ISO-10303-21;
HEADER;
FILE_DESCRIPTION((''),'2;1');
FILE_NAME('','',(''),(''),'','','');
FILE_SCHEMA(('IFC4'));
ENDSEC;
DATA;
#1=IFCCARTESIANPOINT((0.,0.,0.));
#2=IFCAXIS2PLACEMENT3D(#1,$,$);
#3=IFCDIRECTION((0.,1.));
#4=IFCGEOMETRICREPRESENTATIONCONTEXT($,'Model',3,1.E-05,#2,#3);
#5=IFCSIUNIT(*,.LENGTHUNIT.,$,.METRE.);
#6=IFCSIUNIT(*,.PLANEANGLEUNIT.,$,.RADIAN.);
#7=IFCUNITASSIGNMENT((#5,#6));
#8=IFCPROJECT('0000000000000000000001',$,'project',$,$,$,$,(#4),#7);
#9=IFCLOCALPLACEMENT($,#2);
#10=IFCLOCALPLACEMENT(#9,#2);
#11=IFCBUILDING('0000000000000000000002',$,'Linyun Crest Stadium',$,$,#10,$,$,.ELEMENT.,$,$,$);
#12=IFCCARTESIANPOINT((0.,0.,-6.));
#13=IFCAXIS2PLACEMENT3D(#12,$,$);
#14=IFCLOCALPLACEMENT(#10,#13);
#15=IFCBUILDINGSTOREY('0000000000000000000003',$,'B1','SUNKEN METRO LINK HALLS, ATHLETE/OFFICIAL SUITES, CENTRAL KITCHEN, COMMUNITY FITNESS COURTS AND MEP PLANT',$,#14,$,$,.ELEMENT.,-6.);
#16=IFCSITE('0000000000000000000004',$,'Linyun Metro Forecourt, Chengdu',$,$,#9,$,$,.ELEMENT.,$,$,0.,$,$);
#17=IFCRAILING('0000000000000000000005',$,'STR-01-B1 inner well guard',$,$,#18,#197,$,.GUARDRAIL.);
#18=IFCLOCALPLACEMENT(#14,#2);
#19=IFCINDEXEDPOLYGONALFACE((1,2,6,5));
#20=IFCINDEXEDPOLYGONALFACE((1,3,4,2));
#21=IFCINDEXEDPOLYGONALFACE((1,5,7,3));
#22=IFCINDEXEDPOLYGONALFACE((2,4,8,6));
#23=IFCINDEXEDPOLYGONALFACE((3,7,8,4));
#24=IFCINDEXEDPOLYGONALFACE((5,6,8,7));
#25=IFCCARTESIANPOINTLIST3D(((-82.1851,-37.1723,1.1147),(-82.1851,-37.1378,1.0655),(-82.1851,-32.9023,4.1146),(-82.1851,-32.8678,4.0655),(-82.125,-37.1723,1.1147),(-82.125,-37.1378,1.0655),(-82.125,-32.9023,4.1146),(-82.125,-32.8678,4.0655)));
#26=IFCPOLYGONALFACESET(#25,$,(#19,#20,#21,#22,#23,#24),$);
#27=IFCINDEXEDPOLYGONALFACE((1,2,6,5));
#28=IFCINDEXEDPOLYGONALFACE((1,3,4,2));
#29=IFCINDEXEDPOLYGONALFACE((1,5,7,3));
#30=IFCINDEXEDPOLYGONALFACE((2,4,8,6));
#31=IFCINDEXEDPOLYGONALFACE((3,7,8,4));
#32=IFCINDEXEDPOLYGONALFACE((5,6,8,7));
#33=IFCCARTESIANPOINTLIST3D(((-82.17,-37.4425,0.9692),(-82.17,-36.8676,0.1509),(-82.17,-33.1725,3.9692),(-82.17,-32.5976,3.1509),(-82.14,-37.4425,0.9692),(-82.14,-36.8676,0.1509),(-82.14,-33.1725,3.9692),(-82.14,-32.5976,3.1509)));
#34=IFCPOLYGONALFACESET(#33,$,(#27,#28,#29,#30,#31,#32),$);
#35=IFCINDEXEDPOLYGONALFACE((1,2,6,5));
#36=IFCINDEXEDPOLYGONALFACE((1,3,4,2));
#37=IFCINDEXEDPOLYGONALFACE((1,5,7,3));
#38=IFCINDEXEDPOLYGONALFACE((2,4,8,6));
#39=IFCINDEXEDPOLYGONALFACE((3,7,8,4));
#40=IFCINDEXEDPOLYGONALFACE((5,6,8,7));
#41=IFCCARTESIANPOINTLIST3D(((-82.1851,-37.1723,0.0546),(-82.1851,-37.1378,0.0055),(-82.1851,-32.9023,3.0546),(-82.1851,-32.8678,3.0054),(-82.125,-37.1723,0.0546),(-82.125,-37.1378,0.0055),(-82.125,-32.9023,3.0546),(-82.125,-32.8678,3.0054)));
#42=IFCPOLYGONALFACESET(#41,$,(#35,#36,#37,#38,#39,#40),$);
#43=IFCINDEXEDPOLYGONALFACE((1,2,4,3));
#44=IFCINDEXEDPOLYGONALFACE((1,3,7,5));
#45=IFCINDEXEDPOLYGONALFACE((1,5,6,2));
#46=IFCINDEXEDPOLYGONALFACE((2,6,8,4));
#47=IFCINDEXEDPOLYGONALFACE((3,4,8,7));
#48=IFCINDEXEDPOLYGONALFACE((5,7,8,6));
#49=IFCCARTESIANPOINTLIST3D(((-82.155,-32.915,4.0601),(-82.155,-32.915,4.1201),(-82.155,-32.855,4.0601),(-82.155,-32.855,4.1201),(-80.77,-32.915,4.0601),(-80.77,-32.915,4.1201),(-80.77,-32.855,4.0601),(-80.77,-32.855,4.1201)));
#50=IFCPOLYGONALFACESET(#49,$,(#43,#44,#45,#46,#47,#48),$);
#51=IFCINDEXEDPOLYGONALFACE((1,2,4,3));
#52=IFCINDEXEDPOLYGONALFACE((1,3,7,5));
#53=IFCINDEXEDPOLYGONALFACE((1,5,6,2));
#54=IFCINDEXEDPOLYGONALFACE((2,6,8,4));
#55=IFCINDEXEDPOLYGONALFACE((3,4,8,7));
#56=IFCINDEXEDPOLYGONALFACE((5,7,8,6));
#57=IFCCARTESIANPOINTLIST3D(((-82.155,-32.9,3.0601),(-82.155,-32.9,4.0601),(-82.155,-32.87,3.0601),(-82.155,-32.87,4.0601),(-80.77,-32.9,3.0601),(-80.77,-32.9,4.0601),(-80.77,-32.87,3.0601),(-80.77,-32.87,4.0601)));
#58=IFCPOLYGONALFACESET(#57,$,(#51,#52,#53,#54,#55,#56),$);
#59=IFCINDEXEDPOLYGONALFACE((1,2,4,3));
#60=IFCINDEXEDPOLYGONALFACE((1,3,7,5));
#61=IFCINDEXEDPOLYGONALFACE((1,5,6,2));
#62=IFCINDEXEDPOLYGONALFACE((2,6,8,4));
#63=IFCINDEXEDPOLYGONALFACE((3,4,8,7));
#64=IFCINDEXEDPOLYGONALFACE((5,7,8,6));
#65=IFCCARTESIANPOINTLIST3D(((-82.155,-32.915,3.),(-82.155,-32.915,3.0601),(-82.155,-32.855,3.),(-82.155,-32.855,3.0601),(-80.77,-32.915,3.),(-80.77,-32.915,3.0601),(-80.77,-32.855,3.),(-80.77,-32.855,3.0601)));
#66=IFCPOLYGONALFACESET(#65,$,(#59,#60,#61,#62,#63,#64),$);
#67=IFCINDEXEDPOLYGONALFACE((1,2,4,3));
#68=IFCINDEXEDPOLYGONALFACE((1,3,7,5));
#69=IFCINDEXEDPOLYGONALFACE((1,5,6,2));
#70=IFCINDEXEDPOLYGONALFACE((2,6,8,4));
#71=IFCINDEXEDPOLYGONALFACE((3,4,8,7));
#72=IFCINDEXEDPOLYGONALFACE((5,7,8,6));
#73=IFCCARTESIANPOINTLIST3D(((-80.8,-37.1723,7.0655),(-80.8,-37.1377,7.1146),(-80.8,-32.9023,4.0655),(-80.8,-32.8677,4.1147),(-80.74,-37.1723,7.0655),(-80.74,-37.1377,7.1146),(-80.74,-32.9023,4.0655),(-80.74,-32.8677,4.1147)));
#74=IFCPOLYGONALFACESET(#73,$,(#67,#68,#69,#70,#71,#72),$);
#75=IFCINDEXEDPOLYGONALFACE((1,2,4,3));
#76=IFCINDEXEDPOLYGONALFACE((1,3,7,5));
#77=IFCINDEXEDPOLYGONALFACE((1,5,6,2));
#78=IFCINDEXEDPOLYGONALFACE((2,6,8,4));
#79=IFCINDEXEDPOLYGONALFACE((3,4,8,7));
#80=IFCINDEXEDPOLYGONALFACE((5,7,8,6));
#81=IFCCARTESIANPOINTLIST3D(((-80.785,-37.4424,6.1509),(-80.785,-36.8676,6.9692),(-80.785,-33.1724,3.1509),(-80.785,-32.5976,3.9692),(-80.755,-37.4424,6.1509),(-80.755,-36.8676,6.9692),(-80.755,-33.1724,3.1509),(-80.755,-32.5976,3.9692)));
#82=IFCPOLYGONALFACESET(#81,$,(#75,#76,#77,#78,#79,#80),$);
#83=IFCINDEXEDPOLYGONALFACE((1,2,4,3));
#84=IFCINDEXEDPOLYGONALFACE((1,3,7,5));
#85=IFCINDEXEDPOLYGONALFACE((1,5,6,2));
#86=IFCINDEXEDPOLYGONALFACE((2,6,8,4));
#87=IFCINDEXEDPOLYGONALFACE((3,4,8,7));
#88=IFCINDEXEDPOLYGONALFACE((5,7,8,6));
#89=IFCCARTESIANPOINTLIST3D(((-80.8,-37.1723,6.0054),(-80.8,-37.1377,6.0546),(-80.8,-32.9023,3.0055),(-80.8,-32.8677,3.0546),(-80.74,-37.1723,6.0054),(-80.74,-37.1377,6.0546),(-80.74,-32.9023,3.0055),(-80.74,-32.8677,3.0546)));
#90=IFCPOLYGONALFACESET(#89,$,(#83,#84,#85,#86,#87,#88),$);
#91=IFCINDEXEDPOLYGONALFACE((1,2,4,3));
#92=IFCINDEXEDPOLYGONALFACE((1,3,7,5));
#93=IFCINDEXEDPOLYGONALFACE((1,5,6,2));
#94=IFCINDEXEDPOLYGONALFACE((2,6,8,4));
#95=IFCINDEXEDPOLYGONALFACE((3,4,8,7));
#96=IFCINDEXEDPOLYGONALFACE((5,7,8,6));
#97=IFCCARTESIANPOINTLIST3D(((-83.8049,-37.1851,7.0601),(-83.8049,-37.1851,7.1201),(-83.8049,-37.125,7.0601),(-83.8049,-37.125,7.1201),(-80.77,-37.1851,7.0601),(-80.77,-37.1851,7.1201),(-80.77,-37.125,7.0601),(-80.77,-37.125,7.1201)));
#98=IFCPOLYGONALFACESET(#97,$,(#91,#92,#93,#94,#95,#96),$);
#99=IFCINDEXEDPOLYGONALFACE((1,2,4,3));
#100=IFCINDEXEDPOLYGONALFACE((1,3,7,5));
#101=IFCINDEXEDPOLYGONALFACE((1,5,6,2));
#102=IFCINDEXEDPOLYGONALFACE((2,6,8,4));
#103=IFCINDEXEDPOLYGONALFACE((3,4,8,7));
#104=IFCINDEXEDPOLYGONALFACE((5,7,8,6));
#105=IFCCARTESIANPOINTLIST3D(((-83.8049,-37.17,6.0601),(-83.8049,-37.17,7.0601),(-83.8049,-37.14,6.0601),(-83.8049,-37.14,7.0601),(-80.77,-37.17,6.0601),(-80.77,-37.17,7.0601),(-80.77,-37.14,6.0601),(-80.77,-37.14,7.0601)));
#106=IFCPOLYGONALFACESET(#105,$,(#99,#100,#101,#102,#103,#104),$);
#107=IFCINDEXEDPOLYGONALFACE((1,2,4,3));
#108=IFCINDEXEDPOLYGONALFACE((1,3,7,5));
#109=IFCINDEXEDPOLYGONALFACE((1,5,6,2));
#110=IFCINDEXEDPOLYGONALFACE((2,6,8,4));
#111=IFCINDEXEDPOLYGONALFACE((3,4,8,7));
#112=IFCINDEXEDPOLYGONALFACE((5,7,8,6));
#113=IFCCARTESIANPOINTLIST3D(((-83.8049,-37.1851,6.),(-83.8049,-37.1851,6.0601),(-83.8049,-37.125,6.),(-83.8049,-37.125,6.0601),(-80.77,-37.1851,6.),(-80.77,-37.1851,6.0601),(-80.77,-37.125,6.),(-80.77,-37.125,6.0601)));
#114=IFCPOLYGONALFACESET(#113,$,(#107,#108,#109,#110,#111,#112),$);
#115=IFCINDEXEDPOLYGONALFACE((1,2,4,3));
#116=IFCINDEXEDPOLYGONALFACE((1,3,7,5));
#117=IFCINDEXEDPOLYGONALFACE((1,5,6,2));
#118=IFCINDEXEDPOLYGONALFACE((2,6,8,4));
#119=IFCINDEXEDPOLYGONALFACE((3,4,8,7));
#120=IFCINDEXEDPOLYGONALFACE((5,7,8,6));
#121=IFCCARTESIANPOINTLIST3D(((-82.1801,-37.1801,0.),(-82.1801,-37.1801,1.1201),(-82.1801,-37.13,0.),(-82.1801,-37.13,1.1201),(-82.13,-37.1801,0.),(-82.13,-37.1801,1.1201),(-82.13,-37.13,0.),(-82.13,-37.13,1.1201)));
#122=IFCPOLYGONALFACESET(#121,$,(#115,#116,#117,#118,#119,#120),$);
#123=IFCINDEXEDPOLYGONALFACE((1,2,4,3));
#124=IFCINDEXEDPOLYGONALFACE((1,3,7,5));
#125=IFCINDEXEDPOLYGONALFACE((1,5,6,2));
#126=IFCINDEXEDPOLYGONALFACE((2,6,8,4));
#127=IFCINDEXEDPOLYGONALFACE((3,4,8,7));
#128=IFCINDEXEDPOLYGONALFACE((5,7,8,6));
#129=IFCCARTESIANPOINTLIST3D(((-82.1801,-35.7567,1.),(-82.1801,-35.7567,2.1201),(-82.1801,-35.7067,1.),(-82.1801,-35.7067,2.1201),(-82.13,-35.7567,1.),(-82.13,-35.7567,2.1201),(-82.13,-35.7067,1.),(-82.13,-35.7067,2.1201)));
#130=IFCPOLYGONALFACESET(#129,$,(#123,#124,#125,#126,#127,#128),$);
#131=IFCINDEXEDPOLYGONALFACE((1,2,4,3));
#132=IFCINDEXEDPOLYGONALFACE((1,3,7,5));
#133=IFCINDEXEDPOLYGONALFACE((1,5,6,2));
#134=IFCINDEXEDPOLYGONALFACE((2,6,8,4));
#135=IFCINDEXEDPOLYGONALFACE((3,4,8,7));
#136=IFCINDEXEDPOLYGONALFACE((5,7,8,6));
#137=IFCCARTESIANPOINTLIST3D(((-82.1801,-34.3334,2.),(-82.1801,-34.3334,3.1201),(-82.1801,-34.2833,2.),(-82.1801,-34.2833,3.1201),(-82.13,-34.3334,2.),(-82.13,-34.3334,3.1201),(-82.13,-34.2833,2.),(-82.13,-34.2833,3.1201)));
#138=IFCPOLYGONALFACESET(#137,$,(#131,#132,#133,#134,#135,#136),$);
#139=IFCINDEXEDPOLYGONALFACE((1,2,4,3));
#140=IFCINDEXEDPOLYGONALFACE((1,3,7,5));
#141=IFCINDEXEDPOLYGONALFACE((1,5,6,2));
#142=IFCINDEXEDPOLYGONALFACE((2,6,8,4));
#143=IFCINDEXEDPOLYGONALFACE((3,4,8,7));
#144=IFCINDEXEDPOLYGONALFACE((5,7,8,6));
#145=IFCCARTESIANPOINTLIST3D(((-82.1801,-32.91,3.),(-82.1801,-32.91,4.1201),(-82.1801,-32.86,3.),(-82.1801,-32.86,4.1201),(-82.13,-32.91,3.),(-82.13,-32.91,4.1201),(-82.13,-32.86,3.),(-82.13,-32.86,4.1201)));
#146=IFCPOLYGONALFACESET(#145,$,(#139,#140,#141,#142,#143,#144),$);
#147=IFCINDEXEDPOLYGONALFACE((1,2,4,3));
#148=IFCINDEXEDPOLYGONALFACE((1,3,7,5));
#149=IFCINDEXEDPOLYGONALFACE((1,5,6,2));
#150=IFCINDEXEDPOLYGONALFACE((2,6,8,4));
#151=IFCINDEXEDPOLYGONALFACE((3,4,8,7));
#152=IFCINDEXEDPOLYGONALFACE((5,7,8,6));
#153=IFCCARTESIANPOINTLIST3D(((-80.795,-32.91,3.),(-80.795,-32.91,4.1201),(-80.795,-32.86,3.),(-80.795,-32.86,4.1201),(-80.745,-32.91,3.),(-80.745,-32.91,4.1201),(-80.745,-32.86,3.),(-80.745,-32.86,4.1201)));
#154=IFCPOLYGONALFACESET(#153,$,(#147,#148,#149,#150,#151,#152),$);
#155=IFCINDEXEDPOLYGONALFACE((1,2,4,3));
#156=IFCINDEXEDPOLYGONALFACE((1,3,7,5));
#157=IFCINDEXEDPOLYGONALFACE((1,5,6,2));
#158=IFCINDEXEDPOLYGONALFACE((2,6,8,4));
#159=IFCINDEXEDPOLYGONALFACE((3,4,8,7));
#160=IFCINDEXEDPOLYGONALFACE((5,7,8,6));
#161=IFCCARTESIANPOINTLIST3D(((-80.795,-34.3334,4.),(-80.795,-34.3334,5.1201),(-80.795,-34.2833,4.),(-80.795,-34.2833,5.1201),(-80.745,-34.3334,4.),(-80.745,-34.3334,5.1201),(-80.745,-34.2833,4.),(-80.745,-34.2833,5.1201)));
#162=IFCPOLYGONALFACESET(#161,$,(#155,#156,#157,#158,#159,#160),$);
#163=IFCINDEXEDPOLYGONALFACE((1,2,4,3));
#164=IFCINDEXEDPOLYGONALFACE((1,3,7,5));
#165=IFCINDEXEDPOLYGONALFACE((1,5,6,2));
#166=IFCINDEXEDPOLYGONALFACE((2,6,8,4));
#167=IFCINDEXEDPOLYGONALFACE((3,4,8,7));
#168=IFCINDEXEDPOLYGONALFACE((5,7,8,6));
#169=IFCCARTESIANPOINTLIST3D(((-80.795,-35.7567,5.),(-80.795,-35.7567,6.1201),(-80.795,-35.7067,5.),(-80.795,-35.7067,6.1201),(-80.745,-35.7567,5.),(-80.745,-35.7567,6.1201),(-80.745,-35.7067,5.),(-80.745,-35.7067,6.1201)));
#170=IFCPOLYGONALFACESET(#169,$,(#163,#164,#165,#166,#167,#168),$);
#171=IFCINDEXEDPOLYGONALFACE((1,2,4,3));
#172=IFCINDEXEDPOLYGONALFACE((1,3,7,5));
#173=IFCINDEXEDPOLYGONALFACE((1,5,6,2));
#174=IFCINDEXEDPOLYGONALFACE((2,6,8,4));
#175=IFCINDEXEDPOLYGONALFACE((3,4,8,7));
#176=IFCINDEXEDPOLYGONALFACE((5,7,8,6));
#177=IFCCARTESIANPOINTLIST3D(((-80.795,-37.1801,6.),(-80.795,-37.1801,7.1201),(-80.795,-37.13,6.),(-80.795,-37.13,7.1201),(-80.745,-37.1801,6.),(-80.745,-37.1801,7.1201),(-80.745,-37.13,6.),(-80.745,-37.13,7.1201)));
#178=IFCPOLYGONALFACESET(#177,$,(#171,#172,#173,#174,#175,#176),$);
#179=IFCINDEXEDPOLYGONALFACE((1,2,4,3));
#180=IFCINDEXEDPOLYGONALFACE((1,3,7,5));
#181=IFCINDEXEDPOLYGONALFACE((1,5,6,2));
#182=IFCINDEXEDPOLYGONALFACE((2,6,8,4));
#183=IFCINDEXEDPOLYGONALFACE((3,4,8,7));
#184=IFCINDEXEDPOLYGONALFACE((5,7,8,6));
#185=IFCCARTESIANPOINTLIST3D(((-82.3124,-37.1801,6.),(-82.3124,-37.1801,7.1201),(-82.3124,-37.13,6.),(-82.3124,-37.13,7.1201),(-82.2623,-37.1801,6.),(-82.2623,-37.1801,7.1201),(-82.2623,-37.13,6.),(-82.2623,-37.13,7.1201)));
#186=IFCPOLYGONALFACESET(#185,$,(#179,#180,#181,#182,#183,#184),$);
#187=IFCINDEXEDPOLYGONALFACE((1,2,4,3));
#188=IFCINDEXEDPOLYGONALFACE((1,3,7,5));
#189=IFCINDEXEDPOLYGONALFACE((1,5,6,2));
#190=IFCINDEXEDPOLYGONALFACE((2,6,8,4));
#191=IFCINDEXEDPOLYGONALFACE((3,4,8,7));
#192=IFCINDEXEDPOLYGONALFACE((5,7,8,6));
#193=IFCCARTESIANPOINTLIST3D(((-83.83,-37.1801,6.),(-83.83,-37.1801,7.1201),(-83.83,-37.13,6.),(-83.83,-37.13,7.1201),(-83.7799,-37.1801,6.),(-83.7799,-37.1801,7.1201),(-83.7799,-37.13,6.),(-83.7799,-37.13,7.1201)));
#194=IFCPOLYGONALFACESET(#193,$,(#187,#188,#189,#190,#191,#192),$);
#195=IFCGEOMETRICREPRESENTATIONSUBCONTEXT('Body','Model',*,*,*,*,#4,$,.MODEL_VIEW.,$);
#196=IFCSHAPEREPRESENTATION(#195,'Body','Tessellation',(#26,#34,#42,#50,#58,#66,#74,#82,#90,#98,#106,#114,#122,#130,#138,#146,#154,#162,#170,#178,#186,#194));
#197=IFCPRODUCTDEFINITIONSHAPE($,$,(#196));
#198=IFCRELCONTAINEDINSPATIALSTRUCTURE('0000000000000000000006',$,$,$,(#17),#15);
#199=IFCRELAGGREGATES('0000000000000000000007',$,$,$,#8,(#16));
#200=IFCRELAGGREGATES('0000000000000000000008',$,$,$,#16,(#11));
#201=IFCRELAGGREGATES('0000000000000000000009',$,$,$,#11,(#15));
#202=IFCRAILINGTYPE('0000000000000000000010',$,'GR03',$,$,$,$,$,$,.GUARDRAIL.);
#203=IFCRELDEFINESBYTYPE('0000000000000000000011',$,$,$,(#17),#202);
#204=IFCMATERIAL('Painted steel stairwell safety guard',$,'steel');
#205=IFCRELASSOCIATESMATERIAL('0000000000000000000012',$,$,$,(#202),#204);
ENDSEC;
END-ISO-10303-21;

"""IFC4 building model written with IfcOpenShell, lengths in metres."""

from ifc_helpers import new_model, si_unit, direction, frame, origin, origin_2d, place, context, subcontext, project, spatial, rectangle, extrude, material, type_object, element, save


model = new_model("IFC4")

# Units and contexts
model_context = context("Model", 3, precision=1e-05, world=origin(), true_north=direction((0.0, 1.0)))
body_context = subcontext(model_context, "Body", "Model", "MODEL_VIEW")
ifc_project = project(units=[si_unit("LENGTHUNIT", "METRE"), si_unit("PLANEANGLEUNIT", "RADIAN")], contexts=[model_context])

# Site, building, storey
site_placement = place(None, origin())
site = spatial("IfcSite", under=ifc_project, at=site_placement, Name="Linyun Metro Forecourt, Chengdu", CompositionType="ELEMENT", RefElevation=0.0)
building_placement = place(site_placement, origin())
building = spatial("IfcBuilding", under=site, at=building_placement, Name="Linyun Crest Stadium", CompositionType="ELEMENT")
storey_placement = place(building_placement, frame((0.0, 0.0, -6.0)))
storey = spatial("IfcBuildingStorey", under=building, at=storey_placement, Name="B1", Description="SUNKEN METRO LINK HALLS, ATHLETE/OFFICIAL SUITES, CENTRAL KITCHEN, COMMUNITY FITNESS COURTS AND MEP PLANT", CompositionType="ELEMENT", Elevation=-6.0)

# Railing
ifc_material_1 = material(Name="Painted steel stairwell safety guard", Category="steel")
railing_type_1 = type_object("IfcRailingType", Name="GR03", PredefinedType="GUARDRAIL", material=ifc_material_1)
railing_1_placement = place(storey_placement, frame((-82.155, -37.155, 0.0)))
element("IfcRailing", 1, at=railing_1_placement, inside=storey, type_object=railing_type_1, Name="STR-01-B1 inner well guard", PredefinedType="GUARDRAIL", context=body_context, shape_type="SweptSolid", body=[
    extrude(rectangle(XDim=0.0601, YDim=0.0601, at=origin_2d()), frame((0.0, 0.0, 1.0901), z_axis=(0.0, 0.818242, 0.574874), x_axis=(-1.0, 0.0, 0.0)), (0.0, 0.0, 1.0), 5.2185),
    extrude(rectangle(XDim=0.03, YDim=1.0, at=origin_2d()), frame((0.0, 0.0, 0.5601), z_axis=(0.0, 0.818242, 0.574874), x_axis=(-1.0, 0.0, 0.0)), (0.0, 0.0, 1.0), 5.2185),
    extrude(rectangle(XDim=0.0601, YDim=0.0601, at=origin_2d()), frame((0.0, 0.0, 0.03), z_axis=(0.0, 0.818242, 0.574874), x_axis=(-1.0, 0.0, 0.0)), (0.0, 0.0, 1.0), 5.2185),
    extrude(rectangle(XDim=0.0601, YDim=0.0601, at=origin_2d()), frame((0.0, 4.27, 4.0901), z_axis=(1.0, 0.0, 0.0), x_axis=(0.0, 1.0, 0.0)), (0.0, 0.0, 1.0), 1.385),
    extrude(rectangle(XDim=0.03, YDim=1.0, at=origin_2d()), frame((0.0, 4.27, 3.5601), z_axis=(1.0, 0.0, 0.0), x_axis=(0.0, 1.0, 0.0)), (0.0, 0.0, 1.0), 1.385),
    extrude(rectangle(XDim=0.0601, YDim=0.0601, at=origin_2d()), frame((0.0, 4.27, 3.03), z_axis=(1.0, 0.0, 0.0), x_axis=(0.0, 1.0, 0.0)), (0.0, 0.0, 1.0), 1.385),
    extrude(rectangle(XDim=0.0601, YDim=0.0601, at=origin_2d()), frame((1.385, 4.27, 4.0901), z_axis=(0.0, -0.818242, 0.574874), x_axis=(1.0, 0.0, 0.0)), (0.0, 0.0, 1.0), 5.2185),
    extrude(rectangle(XDim=0.03, YDim=1.0, at=origin_2d()), frame((1.385, 4.27, 3.5601), z_axis=(0.0, -0.818242, 0.574874), x_axis=(1.0, 0.0, 0.0)), (0.0, 0.0, 1.0), 5.2185),
    extrude(rectangle(XDim=0.0601, YDim=0.0601, at=origin_2d()), frame((1.385, 4.27, 3.03), z_axis=(0.0, -0.818242, 0.574874), x_axis=(1.0, 0.0, 0.0)), (0.0, 0.0, 1.0), 5.2185),
    extrude(rectangle(XDim=0.0601, YDim=0.0601, at=origin_2d()), frame((1.385, 0.0, 7.0901), z_axis=(-1.0, 0.0, 0.0), x_axis=(0.0, -1.0, 0.0)), (0.0, 0.0, 1.0), 3.0349),
    extrude(rectangle(XDim=0.03, YDim=1.0, at=origin_2d()), frame((1.385, 0.0, 6.5601), z_axis=(-1.0, 0.0, 0.0), x_axis=(0.0, -1.0, 0.0)), (0.0, 0.0, 1.0), 3.0349),
    extrude(rectangle(XDim=0.0601, YDim=0.0601, at=origin_2d()), frame((1.385, 0.0, 6.03), z_axis=(-1.0, 0.0, 0.0), x_axis=(0.0, -1.0, 0.0)), (0.0, 0.0, 1.0), 3.0349),
    extrude(rectangle(XDim=0.05, YDim=0.05, at=origin_2d()), origin(), (0.0, 0.0, 1.0), 1.1201),
    extrude(rectangle(XDim=0.05, YDim=0.05, at=origin_2d()), frame((0.0, 1.4233, 1.0)), (0.0, 0.0, 1.0), 1.1201),
    extrude(rectangle(XDim=0.05, YDim=0.05, at=origin_2d()), frame((0.0, 2.8467, 2.0)), (0.0, 0.0, 1.0), 1.1201),
    extrude(rectangle(XDim=0.05, YDim=0.05, at=origin_2d()), frame((0.0, 4.27, 3.0)), (0.0, 0.0, 1.0), 1.1201),
    extrude(rectangle(XDim=0.05, YDim=0.05, at=origin_2d()), frame((1.385, 4.27, 3.0)), (0.0, 0.0, 1.0), 1.1201),
    extrude(rectangle(XDim=0.05, YDim=0.05, at=origin_2d()), frame((1.385, 2.8467, 4.0)), (0.0, 0.0, 1.0), 1.1201),
    extrude(rectangle(XDim=0.05, YDim=0.05, at=origin_2d()), frame((1.385, 1.4233, 5.0)), (0.0, 0.0, 1.0), 1.1201),
    extrude(rectangle(XDim=0.05, YDim=0.05, at=origin_2d()), frame((1.385, 0.0, 6.0)), (0.0, 0.0, 1.0), 1.1201),
    extrude(rectangle(XDim=0.05, YDim=0.05, at=origin_2d()), frame((-0.1323, 0.0, 6.0)), (0.0, 0.0, 1.0), 1.1201),
    extrude(rectangle(XDim=0.05, YDim=0.05, at=origin_2d()), frame((-1.6499, 0.0, 6.0)), (0.0, 0.0, 1.0), 1.1201),
])

save(model, "model.ifc")
